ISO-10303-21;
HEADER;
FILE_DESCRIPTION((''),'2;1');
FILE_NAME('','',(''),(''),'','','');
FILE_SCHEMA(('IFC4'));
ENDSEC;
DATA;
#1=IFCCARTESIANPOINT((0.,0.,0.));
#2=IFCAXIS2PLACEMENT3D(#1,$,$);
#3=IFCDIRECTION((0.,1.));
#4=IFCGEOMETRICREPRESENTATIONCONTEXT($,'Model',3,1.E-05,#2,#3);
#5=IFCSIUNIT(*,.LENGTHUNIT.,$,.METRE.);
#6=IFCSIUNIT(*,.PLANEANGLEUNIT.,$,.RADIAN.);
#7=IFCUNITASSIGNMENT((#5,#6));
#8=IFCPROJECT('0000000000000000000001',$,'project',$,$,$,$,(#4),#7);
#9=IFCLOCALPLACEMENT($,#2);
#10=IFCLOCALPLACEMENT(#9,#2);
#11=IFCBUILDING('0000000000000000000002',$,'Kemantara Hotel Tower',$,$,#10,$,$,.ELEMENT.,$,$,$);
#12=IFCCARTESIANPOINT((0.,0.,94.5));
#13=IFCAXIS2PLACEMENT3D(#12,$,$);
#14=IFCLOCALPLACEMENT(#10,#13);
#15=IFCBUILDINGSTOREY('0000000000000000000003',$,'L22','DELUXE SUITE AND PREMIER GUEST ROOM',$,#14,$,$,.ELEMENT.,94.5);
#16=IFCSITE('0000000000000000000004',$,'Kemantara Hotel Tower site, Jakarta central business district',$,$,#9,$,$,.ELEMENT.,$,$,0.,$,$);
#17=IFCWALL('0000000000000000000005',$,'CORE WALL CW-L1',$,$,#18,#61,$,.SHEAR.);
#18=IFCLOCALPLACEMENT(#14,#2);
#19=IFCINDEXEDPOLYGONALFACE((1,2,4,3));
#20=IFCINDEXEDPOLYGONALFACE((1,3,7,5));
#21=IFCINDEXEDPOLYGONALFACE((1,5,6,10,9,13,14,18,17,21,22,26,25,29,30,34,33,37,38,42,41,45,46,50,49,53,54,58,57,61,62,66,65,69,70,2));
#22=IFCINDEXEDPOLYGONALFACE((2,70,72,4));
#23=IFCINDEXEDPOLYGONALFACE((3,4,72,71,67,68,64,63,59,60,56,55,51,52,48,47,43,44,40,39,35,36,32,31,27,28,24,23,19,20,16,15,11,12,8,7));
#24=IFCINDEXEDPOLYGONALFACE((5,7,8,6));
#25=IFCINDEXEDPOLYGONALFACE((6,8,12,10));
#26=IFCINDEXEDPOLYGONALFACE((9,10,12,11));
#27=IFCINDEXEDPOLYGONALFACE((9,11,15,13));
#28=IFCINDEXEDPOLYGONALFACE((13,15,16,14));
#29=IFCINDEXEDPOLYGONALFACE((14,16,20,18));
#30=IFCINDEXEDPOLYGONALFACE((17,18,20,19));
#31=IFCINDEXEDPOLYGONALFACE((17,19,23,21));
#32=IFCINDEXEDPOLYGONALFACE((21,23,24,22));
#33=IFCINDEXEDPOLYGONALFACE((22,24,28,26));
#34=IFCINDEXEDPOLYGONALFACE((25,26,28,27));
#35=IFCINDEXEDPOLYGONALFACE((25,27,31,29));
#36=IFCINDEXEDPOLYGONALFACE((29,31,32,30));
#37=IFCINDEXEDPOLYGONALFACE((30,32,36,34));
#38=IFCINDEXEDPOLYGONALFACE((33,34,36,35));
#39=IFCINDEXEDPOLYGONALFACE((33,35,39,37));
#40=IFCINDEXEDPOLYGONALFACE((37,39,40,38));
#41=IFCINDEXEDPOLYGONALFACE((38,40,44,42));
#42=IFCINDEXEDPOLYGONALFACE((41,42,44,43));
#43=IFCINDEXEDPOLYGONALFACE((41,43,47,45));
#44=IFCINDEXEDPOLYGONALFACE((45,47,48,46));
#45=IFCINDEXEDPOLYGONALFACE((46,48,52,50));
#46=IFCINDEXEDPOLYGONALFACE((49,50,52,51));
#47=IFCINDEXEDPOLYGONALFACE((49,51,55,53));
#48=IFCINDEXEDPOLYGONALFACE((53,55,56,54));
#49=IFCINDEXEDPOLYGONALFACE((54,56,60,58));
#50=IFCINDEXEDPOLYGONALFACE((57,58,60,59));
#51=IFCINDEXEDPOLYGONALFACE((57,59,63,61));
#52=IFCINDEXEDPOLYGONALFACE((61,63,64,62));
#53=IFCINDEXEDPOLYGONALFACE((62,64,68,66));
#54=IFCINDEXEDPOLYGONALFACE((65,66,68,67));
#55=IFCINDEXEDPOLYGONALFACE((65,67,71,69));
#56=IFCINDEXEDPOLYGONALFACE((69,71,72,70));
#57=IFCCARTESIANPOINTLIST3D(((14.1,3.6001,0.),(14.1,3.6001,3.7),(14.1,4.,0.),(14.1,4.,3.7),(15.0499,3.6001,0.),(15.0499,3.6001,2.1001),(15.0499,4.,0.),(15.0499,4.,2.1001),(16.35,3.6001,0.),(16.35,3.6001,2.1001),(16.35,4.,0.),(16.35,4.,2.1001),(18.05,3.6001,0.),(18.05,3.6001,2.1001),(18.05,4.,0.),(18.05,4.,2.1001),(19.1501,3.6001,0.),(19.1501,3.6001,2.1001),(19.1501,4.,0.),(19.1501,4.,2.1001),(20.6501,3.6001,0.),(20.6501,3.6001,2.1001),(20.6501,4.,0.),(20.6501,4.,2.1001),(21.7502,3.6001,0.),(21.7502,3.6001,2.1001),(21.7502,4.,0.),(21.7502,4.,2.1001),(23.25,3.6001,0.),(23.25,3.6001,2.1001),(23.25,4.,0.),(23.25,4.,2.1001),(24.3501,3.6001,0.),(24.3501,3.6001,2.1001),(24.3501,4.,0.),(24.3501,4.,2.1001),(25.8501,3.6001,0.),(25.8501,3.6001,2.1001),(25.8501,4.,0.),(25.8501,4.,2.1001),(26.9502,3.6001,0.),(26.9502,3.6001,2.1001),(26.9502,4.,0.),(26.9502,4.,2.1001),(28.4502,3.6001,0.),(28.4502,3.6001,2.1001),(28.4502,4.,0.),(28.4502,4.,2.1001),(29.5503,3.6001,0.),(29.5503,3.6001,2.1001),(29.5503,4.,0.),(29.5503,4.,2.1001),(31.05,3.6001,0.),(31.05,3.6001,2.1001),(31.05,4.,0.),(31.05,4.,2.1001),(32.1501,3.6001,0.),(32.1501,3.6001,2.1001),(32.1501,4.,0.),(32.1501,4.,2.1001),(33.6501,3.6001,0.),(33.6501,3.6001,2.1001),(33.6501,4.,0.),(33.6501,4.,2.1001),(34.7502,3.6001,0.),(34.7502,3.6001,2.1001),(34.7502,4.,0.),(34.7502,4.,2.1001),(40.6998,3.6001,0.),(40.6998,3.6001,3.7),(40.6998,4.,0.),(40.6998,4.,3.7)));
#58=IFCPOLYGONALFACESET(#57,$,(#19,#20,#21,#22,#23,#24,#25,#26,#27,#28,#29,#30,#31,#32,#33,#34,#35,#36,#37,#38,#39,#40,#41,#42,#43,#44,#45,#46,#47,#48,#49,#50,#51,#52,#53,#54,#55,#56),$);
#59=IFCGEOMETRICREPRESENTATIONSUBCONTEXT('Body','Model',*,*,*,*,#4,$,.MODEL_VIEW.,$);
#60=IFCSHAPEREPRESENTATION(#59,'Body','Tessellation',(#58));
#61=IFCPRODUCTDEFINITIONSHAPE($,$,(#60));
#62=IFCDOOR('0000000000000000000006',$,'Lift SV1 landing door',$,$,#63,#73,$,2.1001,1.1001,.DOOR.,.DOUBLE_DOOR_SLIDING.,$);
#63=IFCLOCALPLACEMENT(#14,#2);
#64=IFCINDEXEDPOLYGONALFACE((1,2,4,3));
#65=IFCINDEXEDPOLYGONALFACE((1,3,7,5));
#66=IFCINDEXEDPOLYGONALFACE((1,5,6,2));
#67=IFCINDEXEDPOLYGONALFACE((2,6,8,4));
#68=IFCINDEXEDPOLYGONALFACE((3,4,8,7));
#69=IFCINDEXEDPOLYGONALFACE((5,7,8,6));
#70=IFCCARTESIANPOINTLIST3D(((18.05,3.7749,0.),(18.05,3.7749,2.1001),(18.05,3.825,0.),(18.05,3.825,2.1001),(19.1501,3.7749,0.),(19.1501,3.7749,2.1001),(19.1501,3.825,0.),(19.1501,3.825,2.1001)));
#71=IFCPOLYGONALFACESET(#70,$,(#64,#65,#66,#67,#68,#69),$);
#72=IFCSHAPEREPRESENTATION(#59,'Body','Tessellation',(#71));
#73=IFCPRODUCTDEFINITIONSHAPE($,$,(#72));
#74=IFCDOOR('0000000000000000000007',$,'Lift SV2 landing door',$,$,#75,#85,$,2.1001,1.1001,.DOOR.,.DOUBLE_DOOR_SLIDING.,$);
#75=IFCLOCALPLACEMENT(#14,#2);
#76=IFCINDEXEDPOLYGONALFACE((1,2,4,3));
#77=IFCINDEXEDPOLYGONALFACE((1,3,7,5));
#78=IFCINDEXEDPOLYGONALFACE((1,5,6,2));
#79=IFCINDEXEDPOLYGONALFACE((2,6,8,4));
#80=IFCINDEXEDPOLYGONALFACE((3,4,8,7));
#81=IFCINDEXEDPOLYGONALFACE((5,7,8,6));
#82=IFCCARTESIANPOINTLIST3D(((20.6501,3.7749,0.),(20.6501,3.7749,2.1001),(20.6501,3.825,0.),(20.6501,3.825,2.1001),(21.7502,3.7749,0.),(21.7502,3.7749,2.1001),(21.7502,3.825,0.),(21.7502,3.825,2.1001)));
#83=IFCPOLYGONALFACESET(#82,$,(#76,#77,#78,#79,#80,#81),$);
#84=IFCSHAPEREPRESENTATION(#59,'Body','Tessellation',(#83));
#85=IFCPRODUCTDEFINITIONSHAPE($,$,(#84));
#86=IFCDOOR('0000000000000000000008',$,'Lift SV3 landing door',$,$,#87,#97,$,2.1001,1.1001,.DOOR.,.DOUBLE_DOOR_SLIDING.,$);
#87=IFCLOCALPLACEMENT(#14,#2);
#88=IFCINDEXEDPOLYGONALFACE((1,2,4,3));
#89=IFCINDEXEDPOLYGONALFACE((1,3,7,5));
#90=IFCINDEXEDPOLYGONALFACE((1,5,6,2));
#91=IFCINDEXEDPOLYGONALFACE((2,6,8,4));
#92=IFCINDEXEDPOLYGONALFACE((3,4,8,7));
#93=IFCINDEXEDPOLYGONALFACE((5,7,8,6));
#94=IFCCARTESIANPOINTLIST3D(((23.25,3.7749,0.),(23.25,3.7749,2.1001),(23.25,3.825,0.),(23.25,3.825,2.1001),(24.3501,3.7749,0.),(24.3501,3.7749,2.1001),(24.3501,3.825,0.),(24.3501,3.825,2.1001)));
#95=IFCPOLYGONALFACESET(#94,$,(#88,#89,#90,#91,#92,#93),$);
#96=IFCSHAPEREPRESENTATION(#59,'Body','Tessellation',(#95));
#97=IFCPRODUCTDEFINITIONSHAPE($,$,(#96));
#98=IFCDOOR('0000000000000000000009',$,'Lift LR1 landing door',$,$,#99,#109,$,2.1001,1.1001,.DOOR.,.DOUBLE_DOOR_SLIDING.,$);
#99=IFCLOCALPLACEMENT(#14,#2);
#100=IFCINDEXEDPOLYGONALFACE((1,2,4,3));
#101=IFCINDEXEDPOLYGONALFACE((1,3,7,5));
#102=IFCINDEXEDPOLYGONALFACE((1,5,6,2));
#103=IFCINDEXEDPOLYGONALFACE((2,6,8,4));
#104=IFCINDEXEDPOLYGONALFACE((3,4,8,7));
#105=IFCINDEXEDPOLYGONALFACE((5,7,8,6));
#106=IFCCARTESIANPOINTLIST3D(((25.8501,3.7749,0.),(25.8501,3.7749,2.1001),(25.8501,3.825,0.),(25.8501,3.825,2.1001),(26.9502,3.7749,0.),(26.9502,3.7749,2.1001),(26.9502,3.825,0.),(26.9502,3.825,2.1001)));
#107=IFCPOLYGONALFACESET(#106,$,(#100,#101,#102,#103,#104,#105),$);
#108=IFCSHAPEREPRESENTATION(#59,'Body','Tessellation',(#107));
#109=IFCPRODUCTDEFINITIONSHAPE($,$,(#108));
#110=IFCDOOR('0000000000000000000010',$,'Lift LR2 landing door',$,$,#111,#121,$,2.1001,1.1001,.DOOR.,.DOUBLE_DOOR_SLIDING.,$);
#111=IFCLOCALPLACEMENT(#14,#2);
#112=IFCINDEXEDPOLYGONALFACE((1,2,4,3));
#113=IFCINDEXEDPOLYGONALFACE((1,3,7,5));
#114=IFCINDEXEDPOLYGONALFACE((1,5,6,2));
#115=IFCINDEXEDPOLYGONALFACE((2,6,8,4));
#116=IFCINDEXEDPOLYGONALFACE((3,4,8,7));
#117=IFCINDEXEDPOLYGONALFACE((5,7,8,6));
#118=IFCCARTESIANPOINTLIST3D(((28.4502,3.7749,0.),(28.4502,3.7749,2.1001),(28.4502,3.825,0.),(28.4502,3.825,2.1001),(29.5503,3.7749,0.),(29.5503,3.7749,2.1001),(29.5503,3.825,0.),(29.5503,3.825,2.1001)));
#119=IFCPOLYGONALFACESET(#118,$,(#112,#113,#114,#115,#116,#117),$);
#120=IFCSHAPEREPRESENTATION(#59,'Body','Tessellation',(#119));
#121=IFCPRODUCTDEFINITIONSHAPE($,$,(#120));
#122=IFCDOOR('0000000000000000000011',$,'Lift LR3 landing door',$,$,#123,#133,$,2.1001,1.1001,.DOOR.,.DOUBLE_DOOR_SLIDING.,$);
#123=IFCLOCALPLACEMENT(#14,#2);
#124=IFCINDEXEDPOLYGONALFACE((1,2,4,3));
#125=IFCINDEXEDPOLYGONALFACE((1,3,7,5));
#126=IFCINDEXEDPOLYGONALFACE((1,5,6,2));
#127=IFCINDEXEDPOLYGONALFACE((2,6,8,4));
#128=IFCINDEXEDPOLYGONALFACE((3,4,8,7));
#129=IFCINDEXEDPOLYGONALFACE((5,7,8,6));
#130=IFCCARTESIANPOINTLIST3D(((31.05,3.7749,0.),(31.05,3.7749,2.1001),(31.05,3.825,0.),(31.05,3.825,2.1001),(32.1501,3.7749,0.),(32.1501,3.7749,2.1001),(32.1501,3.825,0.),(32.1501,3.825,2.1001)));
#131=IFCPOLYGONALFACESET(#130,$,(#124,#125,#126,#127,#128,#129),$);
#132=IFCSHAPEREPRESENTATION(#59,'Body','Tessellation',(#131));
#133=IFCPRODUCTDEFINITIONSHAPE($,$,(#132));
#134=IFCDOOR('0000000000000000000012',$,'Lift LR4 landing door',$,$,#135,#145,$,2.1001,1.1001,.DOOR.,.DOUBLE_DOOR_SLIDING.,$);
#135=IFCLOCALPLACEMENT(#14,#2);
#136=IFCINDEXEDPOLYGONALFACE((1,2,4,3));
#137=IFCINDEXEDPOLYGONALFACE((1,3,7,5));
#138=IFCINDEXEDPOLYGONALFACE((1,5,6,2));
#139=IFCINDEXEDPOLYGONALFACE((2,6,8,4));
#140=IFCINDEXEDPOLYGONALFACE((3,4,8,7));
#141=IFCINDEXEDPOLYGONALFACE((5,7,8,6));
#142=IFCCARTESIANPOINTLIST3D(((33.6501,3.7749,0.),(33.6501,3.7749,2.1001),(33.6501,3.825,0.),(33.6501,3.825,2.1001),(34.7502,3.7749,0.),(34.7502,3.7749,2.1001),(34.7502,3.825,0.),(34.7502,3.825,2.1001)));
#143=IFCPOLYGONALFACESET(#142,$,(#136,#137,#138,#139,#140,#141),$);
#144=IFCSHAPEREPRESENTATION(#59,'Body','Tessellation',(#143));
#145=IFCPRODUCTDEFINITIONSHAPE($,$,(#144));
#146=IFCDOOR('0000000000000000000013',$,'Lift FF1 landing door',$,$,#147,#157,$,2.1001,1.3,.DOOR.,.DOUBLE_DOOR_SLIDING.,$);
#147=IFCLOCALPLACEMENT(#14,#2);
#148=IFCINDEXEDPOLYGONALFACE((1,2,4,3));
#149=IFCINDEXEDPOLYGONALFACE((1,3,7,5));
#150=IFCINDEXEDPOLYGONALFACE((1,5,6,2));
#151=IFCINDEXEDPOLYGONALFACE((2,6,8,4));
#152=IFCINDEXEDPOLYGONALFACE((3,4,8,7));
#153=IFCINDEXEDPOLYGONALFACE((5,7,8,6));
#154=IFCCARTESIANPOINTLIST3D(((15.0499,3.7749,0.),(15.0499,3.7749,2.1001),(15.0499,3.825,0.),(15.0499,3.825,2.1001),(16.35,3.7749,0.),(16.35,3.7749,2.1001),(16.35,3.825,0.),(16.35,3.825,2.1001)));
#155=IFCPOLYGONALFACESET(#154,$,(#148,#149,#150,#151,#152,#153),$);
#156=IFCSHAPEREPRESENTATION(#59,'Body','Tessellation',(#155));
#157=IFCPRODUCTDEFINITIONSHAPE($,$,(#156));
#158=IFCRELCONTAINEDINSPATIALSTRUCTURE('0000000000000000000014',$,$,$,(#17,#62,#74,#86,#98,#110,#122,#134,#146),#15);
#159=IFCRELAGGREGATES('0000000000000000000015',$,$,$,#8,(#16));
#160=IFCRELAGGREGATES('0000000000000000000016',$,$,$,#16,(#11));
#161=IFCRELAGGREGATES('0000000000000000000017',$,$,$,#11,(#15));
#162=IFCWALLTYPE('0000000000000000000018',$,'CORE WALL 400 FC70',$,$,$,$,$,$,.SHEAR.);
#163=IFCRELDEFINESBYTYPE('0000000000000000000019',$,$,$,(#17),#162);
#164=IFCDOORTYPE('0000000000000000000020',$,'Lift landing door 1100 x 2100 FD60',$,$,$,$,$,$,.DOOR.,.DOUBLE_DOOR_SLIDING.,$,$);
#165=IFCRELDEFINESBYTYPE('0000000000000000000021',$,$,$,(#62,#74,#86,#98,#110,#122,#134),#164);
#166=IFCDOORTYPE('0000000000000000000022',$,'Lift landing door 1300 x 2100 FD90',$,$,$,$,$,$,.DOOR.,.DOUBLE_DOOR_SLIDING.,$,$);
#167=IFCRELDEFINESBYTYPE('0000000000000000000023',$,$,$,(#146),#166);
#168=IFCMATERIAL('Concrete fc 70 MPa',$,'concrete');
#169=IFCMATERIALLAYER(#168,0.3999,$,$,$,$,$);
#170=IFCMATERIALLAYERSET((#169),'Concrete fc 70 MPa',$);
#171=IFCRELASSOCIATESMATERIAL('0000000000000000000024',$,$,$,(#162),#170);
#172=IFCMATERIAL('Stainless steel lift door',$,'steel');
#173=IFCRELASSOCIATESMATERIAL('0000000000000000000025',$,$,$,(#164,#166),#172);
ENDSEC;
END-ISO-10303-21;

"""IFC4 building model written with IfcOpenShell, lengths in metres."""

from ifc_helpers import new_model, si_unit, direction, frame, frame_2d, origin, place, context, subcontext, project, spatial, rectangle, extrude, material, layer, layer_set, type_object, element, fill, save


model = new_model("IFC4")

# Units and contexts
model_context = context("Model", 3, precision=1e-05, world=origin(), true_north=direction((0.0, 1.0)))
body_context = subcontext(model_context, "Body", "Model", "MODEL_VIEW")
ifc_project = project(units=[si_unit("LENGTHUNIT", "METRE"), si_unit("PLANEANGLEUNIT", "RADIAN")], contexts=[model_context])

# Site, building, storey
site_placement = place(None, origin())
site = spatial("IfcSite", under=ifc_project, at=site_placement, Name="Kemantara Hotel Tower site, Jakarta central business district", CompositionType="ELEMENT", RefElevation=0.0)
building_placement = place(site_placement, origin())
building = spatial("IfcBuilding", under=site, at=building_placement, Name="Kemantara Hotel Tower", CompositionType="ELEMENT")
storey_placement = place(building_placement, frame((0.0, 0.0, 94.5)))
storey = spatial("IfcBuildingStorey", under=building, at=storey_placement, Name="L22", Description="DELUXE SUITE AND PREMIER GUEST ROOM", CompositionType="ELEMENT", Elevation=94.5)

# Wall, openings, doors
ifc_material_1 = material(Name="Concrete fc 70 MPa", Category="concrete")
ifc_layer_1 = layer(ifc_material_1, 0.3999)
ifc_layer_set_1 = layer_set([ifc_layer_1], Name="Concrete fc 70 MPa")
wall_type_1 = type_object("IfcWallType", Name="CORE WALL 400 FC70", PredefinedType="SHEAR", material=ifc_layer_set_1)
wall_1_placement = place(storey_placement, frame((14.1001, 3.8, 0.0), z_axis=(0.0, 0.0, 1.0), x_axis=(1.0, 0.0, 0.0)))
wall_1 = element("IfcWall", 1, at=wall_1_placement, inside=storey, type_object=wall_type_1, Name="CORE WALL CW-L1", PredefinedType="SHEAR", context=body_context, shape_type="SweptSolid", body=[
    extrude(rectangle(XDim=26.5999, YDim=0.3999, at=frame_2d((13.2998, 0.0))), origin(), (0.0, 0.0, 1.0), 3.7),
])
opening_1_placement = place(wall_1_placement, frame((0.95, 0.0, 0.0)))
opening_1 = element("IfcOpeningElement", 2, at=opening_1_placement, cuts=wall_1, PredefinedType="OPENING", context=body_context, shape_type="SweptSolid", body=[
    extrude(rectangle(XDim=1.3, YDim=2.1001, at=frame_2d((0.6499, 1.05))), frame((0.0, 0.21, 0.0), z_axis=(0.0, -1.0, 0.0), x_axis=(1.0, 0.0, 0.0)), (0.0, 0.0, 1.0), 0.4199),
])
opening_2_placement = place(wall_1_placement, frame((3.95, 0.0, 0.0)))
opening_2 = element("IfcOpeningElement", 3, at=opening_2_placement, cuts=wall_1, PredefinedType="OPENING", context=body_context, shape_type="SweptSolid", body=[
    extrude(rectangle(XDim=1.1001, YDim=2.1001, at=frame_2d((0.55, 1.05))), frame((0.0, 0.21, 0.0), z_axis=(0.0, -1.0, 0.0), x_axis=(1.0, 0.0, 0.0)), (0.0, 0.0, 1.0), 0.4199),
])
opening_3_placement = place(wall_1_placement, frame((6.55, 0.0, 0.0)))
opening_3 = element("IfcOpeningElement", 4, at=opening_3_placement, cuts=wall_1, PredefinedType="OPENING", context=body_context, shape_type="SweptSolid", body=[
    extrude(rectangle(XDim=1.1001, YDim=2.1001, at=frame_2d((0.55, 1.05))), frame((0.0, 0.21, 0.0), z_axis=(0.0, -1.0, 0.0), x_axis=(1.0, 0.0, 0.0)), (0.0, 0.0, 1.0), 0.4199),
])
opening_4_placement = place(wall_1_placement, frame((9.1499, 0.0, 0.0)))
opening_4 = element("IfcOpeningElement", 5, at=opening_4_placement, cuts=wall_1, PredefinedType="OPENING", context=body_context, shape_type="SweptSolid", body=[
    extrude(rectangle(XDim=1.1001, YDim=2.1001, at=frame_2d((0.55, 1.05))), frame((0.0, 0.21, 0.0), z_axis=(0.0, -1.0, 0.0), x_axis=(1.0, 0.0, 0.0)), (0.0, 0.0, 1.0), 0.4199),
])
opening_5_placement = place(wall_1_placement, frame((11.75, 0.0, 0.0)))
opening_5 = element("IfcOpeningElement", 6, at=opening_5_placement, cuts=wall_1, PredefinedType="OPENING", context=body_context, shape_type="SweptSolid", body=[
    extrude(rectangle(XDim=1.1001, YDim=2.1001, at=frame_2d((0.55, 1.05))), frame((0.0, 0.21, 0.0), z_axis=(0.0, -1.0, 0.0), x_axis=(1.0, 0.0, 0.0)), (0.0, 0.0, 1.0), 0.4199),
])
opening_6_placement = place(wall_1_placement, frame((14.3501, 0.0, 0.0)))
opening_6 = element("IfcOpeningElement", 7, at=opening_6_placement, cuts=wall_1, PredefinedType="OPENING", context=body_context, shape_type="SweptSolid", body=[
    extrude(rectangle(XDim=1.1001, YDim=2.1001, at=frame_2d((0.55, 1.05))), frame((0.0, 0.21, 0.0), z_axis=(0.0, -1.0, 0.0), x_axis=(1.0, 0.0, 0.0)), (0.0, 0.0, 1.0), 0.4199),
])
opening_7_placement = place(wall_1_placement, frame((16.95, 0.0, 0.0)))
opening_7 = element("IfcOpeningElement", 8, at=opening_7_placement, cuts=wall_1, PredefinedType="OPENING", context=body_context, shape_type="SweptSolid", body=[
    extrude(rectangle(XDim=1.1001, YDim=2.1001, at=frame_2d((0.55, 1.05))), frame((0.0, 0.21, 0.0), z_axis=(0.0, -1.0, 0.0), x_axis=(1.0, 0.0, 0.0)), (0.0, 0.0, 1.0), 0.4199),
])
opening_8_placement = place(wall_1_placement, frame((19.55, 0.0, 0.0)))
opening_8 = element("IfcOpeningElement", 9, at=opening_8_placement, cuts=wall_1, PredefinedType="OPENING", context=body_context, shape_type="SweptSolid", body=[
    extrude(rectangle(XDim=1.1001, YDim=2.1001, at=frame_2d((0.55, 1.05))), frame((0.0, 0.21, 0.0), z_axis=(0.0, -1.0, 0.0), x_axis=(1.0, 0.0, 0.0)), (0.0, 0.0, 1.0), 0.4199),
])
ifc_material_2 = material(Name="Stainless steel lift door", Category="steel")
door_type_1 = type_object("IfcDoorType", Name="Lift landing door 1100 x 2100 FD60", OperationType="DOUBLE_DOOR_SLIDING", PredefinedType="DOOR", material=ifc_material_2)
door_1_placement = place(opening_2_placement, origin())
door_1 = element("IfcDoor", 10, at=door_1_placement, inside=storey, type_object=door_type_1, Name="Lift SV1 landing door", OperationType="DOUBLE_DOOR_SLIDING", OverallHeight=2.1001, OverallWidth=1.1001, PredefinedType="DOOR", context=body_context, shape_type="SweptSolid", body=[
    extrude(rectangle(XDim=1.1001, YDim=2.1001, at=frame_2d((0.55, 1.05))), frame((0.0, 0.0249, 0.0), z_axis=(0.0, -1.0, 0.0), x_axis=(1.0, 0.0, 0.0)), (0.0, 0.0, 1.0), 0.05),
])
fill(opening_2, door_1)
door_2_placement = place(opening_3_placement, origin())
door_2 = element("IfcDoor", 11, at=door_2_placement, inside=storey, type_object=door_type_1, Name="Lift SV2 landing door", OperationType="DOUBLE_DOOR_SLIDING", OverallHeight=2.1001, OverallWidth=1.1001, PredefinedType="DOOR", context=body_context, shape_type="SweptSolid", body=[
    extrude(rectangle(XDim=1.1001, YDim=2.1001, at=frame_2d((0.55, 1.05))), frame((0.0, 0.0249, 0.0), z_axis=(0.0, -1.0, 0.0), x_axis=(1.0, 0.0, 0.0)), (0.0, 0.0, 1.0), 0.05),
])
fill(opening_3, door_2)
door_3_placement = place(opening_4_placement, origin())
door_3 = element("IfcDoor", 12, at=door_3_placement, inside=storey, type_object=door_type_1, Name="Lift SV3 landing door", OperationType="DOUBLE_DOOR_SLIDING", OverallHeight=2.1001, OverallWidth=1.1001, PredefinedType="DOOR", context=body_context, shape_type="SweptSolid", body=[
    extrude(rectangle(XDim=1.1001, YDim=2.1001, at=frame_2d((0.55, 1.05))), frame((0.0, 0.0249, 0.0), z_axis=(0.0, -1.0, 0.0), x_axis=(1.0, 0.0, 0.0)), (0.0, 0.0, 1.0), 0.05),
])
fill(opening_4, door_3)
door_4_placement = place(opening_5_placement, origin())
door_4 = element("IfcDoor", 13, at=door_4_placement, inside=storey, type_object=door_type_1, Name="Lift LR1 landing door", OperationType="DOUBLE_DOOR_SLIDING", OverallHeight=2.1001, OverallWidth=1.1001, PredefinedType="DOOR", context=body_context, shape_type="SweptSolid", body=[
    extrude(rectangle(XDim=1.1001, YDim=2.1001, at=frame_2d((0.55, 1.05))), frame((0.0, 0.0249, 0.0), z_axis=(0.0, -1.0, 0.0), x_axis=(1.0, 0.0, 0.0)), (0.0, 0.0, 1.0), 0.05),
])
fill(opening_5, door_4)
door_5_placement = place(opening_6_placement, origin())
door_5 = element("IfcDoor", 14, at=door_5_placement, inside=storey, type_object=door_type_1, Name="Lift LR2 landing door", OperationType="DOUBLE_DOOR_SLIDING", OverallHeight=2.1001, OverallWidth=1.1001, PredefinedType="DOOR", context=body_context, shape_type="SweptSolid", body=[
    extrude(rectangle(XDim=1.1001, YDim=2.1001, at=frame_2d((0.55, 1.05))), frame((0.0, 0.0249, 0.0), z_axis=(0.0, -1.0, 0.0), x_axis=(1.0, 0.0, 0.0)), (0.0, 0.0, 1.0), 0.05),
])
fill(opening_6, door_5)
door_6_placement = place(opening_7_placement, origin())
door_6 = element("IfcDoor", 15, at=door_6_placement, inside=storey, type_object=door_type_1, Name="Lift LR3 landing door", OperationType="DOUBLE_DOOR_SLIDING", OverallHeight=2.1001, OverallWidth=1.1001, PredefinedType="DOOR", context=body_context, shape_type="SweptSolid", body=[
    extrude(rectangle(XDim=1.1001, YDim=2.1001, at=frame_2d((0.55, 1.05))), frame((0.0, 0.0249, 0.0), z_axis=(0.0, -1.0, 0.0), x_axis=(1.0, 0.0, 0.0)), (0.0, 0.0, 1.0), 0.05),
])
fill(opening_7, door_6)
door_7_placement = place(opening_8_placement, origin())
door_7 = element("IfcDoor", 16, at=door_7_placement, inside=storey, type_object=door_type_1, Name="Lift LR4 landing door", OperationType="DOUBLE_DOOR_SLIDING", OverallHeight=2.1001, OverallWidth=1.1001, PredefinedType="DOOR", context=body_context, shape_type="SweptSolid", body=[
    extrude(rectangle(XDim=1.1001, YDim=2.1001, at=frame_2d((0.55, 1.05))), frame((0.0, 0.0249, 0.0), z_axis=(0.0, -1.0, 0.0), x_axis=(1.0, 0.0, 0.0)), (0.0, 0.0, 1.0), 0.05),
])
fill(opening_8, door_7)
door_type_2 = type_object("IfcDoorType", Name="Lift landing door 1300 x 2100 FD90", OperationType="DOUBLE_DOOR_SLIDING", PredefinedType="DOOR", material=ifc_material_2)
door_8_placement = place(opening_1_placement, origin())
door_8 = element("IfcDoor", 17, at=door_8_placement, inside=storey, type_object=door_type_2, Name="Lift FF1 landing door", OperationType="DOUBLE_DOOR_SLIDING", OverallHeight=2.1001, OverallWidth=1.3, PredefinedType="DOOR", context=body_context, shape_type="SweptSolid", body=[
    extrude(rectangle(XDim=1.3, YDim=2.1001, at=frame_2d((0.6499, 1.05))), frame((0.0, 0.0249, 0.0), z_axis=(0.0, -1.0, 0.0), x_axis=(1.0, 0.0, 0.0)), (0.0, 0.0, 1.0), 0.05),
])
fill(opening_1, door_8)

save(model, "model.ifc")
